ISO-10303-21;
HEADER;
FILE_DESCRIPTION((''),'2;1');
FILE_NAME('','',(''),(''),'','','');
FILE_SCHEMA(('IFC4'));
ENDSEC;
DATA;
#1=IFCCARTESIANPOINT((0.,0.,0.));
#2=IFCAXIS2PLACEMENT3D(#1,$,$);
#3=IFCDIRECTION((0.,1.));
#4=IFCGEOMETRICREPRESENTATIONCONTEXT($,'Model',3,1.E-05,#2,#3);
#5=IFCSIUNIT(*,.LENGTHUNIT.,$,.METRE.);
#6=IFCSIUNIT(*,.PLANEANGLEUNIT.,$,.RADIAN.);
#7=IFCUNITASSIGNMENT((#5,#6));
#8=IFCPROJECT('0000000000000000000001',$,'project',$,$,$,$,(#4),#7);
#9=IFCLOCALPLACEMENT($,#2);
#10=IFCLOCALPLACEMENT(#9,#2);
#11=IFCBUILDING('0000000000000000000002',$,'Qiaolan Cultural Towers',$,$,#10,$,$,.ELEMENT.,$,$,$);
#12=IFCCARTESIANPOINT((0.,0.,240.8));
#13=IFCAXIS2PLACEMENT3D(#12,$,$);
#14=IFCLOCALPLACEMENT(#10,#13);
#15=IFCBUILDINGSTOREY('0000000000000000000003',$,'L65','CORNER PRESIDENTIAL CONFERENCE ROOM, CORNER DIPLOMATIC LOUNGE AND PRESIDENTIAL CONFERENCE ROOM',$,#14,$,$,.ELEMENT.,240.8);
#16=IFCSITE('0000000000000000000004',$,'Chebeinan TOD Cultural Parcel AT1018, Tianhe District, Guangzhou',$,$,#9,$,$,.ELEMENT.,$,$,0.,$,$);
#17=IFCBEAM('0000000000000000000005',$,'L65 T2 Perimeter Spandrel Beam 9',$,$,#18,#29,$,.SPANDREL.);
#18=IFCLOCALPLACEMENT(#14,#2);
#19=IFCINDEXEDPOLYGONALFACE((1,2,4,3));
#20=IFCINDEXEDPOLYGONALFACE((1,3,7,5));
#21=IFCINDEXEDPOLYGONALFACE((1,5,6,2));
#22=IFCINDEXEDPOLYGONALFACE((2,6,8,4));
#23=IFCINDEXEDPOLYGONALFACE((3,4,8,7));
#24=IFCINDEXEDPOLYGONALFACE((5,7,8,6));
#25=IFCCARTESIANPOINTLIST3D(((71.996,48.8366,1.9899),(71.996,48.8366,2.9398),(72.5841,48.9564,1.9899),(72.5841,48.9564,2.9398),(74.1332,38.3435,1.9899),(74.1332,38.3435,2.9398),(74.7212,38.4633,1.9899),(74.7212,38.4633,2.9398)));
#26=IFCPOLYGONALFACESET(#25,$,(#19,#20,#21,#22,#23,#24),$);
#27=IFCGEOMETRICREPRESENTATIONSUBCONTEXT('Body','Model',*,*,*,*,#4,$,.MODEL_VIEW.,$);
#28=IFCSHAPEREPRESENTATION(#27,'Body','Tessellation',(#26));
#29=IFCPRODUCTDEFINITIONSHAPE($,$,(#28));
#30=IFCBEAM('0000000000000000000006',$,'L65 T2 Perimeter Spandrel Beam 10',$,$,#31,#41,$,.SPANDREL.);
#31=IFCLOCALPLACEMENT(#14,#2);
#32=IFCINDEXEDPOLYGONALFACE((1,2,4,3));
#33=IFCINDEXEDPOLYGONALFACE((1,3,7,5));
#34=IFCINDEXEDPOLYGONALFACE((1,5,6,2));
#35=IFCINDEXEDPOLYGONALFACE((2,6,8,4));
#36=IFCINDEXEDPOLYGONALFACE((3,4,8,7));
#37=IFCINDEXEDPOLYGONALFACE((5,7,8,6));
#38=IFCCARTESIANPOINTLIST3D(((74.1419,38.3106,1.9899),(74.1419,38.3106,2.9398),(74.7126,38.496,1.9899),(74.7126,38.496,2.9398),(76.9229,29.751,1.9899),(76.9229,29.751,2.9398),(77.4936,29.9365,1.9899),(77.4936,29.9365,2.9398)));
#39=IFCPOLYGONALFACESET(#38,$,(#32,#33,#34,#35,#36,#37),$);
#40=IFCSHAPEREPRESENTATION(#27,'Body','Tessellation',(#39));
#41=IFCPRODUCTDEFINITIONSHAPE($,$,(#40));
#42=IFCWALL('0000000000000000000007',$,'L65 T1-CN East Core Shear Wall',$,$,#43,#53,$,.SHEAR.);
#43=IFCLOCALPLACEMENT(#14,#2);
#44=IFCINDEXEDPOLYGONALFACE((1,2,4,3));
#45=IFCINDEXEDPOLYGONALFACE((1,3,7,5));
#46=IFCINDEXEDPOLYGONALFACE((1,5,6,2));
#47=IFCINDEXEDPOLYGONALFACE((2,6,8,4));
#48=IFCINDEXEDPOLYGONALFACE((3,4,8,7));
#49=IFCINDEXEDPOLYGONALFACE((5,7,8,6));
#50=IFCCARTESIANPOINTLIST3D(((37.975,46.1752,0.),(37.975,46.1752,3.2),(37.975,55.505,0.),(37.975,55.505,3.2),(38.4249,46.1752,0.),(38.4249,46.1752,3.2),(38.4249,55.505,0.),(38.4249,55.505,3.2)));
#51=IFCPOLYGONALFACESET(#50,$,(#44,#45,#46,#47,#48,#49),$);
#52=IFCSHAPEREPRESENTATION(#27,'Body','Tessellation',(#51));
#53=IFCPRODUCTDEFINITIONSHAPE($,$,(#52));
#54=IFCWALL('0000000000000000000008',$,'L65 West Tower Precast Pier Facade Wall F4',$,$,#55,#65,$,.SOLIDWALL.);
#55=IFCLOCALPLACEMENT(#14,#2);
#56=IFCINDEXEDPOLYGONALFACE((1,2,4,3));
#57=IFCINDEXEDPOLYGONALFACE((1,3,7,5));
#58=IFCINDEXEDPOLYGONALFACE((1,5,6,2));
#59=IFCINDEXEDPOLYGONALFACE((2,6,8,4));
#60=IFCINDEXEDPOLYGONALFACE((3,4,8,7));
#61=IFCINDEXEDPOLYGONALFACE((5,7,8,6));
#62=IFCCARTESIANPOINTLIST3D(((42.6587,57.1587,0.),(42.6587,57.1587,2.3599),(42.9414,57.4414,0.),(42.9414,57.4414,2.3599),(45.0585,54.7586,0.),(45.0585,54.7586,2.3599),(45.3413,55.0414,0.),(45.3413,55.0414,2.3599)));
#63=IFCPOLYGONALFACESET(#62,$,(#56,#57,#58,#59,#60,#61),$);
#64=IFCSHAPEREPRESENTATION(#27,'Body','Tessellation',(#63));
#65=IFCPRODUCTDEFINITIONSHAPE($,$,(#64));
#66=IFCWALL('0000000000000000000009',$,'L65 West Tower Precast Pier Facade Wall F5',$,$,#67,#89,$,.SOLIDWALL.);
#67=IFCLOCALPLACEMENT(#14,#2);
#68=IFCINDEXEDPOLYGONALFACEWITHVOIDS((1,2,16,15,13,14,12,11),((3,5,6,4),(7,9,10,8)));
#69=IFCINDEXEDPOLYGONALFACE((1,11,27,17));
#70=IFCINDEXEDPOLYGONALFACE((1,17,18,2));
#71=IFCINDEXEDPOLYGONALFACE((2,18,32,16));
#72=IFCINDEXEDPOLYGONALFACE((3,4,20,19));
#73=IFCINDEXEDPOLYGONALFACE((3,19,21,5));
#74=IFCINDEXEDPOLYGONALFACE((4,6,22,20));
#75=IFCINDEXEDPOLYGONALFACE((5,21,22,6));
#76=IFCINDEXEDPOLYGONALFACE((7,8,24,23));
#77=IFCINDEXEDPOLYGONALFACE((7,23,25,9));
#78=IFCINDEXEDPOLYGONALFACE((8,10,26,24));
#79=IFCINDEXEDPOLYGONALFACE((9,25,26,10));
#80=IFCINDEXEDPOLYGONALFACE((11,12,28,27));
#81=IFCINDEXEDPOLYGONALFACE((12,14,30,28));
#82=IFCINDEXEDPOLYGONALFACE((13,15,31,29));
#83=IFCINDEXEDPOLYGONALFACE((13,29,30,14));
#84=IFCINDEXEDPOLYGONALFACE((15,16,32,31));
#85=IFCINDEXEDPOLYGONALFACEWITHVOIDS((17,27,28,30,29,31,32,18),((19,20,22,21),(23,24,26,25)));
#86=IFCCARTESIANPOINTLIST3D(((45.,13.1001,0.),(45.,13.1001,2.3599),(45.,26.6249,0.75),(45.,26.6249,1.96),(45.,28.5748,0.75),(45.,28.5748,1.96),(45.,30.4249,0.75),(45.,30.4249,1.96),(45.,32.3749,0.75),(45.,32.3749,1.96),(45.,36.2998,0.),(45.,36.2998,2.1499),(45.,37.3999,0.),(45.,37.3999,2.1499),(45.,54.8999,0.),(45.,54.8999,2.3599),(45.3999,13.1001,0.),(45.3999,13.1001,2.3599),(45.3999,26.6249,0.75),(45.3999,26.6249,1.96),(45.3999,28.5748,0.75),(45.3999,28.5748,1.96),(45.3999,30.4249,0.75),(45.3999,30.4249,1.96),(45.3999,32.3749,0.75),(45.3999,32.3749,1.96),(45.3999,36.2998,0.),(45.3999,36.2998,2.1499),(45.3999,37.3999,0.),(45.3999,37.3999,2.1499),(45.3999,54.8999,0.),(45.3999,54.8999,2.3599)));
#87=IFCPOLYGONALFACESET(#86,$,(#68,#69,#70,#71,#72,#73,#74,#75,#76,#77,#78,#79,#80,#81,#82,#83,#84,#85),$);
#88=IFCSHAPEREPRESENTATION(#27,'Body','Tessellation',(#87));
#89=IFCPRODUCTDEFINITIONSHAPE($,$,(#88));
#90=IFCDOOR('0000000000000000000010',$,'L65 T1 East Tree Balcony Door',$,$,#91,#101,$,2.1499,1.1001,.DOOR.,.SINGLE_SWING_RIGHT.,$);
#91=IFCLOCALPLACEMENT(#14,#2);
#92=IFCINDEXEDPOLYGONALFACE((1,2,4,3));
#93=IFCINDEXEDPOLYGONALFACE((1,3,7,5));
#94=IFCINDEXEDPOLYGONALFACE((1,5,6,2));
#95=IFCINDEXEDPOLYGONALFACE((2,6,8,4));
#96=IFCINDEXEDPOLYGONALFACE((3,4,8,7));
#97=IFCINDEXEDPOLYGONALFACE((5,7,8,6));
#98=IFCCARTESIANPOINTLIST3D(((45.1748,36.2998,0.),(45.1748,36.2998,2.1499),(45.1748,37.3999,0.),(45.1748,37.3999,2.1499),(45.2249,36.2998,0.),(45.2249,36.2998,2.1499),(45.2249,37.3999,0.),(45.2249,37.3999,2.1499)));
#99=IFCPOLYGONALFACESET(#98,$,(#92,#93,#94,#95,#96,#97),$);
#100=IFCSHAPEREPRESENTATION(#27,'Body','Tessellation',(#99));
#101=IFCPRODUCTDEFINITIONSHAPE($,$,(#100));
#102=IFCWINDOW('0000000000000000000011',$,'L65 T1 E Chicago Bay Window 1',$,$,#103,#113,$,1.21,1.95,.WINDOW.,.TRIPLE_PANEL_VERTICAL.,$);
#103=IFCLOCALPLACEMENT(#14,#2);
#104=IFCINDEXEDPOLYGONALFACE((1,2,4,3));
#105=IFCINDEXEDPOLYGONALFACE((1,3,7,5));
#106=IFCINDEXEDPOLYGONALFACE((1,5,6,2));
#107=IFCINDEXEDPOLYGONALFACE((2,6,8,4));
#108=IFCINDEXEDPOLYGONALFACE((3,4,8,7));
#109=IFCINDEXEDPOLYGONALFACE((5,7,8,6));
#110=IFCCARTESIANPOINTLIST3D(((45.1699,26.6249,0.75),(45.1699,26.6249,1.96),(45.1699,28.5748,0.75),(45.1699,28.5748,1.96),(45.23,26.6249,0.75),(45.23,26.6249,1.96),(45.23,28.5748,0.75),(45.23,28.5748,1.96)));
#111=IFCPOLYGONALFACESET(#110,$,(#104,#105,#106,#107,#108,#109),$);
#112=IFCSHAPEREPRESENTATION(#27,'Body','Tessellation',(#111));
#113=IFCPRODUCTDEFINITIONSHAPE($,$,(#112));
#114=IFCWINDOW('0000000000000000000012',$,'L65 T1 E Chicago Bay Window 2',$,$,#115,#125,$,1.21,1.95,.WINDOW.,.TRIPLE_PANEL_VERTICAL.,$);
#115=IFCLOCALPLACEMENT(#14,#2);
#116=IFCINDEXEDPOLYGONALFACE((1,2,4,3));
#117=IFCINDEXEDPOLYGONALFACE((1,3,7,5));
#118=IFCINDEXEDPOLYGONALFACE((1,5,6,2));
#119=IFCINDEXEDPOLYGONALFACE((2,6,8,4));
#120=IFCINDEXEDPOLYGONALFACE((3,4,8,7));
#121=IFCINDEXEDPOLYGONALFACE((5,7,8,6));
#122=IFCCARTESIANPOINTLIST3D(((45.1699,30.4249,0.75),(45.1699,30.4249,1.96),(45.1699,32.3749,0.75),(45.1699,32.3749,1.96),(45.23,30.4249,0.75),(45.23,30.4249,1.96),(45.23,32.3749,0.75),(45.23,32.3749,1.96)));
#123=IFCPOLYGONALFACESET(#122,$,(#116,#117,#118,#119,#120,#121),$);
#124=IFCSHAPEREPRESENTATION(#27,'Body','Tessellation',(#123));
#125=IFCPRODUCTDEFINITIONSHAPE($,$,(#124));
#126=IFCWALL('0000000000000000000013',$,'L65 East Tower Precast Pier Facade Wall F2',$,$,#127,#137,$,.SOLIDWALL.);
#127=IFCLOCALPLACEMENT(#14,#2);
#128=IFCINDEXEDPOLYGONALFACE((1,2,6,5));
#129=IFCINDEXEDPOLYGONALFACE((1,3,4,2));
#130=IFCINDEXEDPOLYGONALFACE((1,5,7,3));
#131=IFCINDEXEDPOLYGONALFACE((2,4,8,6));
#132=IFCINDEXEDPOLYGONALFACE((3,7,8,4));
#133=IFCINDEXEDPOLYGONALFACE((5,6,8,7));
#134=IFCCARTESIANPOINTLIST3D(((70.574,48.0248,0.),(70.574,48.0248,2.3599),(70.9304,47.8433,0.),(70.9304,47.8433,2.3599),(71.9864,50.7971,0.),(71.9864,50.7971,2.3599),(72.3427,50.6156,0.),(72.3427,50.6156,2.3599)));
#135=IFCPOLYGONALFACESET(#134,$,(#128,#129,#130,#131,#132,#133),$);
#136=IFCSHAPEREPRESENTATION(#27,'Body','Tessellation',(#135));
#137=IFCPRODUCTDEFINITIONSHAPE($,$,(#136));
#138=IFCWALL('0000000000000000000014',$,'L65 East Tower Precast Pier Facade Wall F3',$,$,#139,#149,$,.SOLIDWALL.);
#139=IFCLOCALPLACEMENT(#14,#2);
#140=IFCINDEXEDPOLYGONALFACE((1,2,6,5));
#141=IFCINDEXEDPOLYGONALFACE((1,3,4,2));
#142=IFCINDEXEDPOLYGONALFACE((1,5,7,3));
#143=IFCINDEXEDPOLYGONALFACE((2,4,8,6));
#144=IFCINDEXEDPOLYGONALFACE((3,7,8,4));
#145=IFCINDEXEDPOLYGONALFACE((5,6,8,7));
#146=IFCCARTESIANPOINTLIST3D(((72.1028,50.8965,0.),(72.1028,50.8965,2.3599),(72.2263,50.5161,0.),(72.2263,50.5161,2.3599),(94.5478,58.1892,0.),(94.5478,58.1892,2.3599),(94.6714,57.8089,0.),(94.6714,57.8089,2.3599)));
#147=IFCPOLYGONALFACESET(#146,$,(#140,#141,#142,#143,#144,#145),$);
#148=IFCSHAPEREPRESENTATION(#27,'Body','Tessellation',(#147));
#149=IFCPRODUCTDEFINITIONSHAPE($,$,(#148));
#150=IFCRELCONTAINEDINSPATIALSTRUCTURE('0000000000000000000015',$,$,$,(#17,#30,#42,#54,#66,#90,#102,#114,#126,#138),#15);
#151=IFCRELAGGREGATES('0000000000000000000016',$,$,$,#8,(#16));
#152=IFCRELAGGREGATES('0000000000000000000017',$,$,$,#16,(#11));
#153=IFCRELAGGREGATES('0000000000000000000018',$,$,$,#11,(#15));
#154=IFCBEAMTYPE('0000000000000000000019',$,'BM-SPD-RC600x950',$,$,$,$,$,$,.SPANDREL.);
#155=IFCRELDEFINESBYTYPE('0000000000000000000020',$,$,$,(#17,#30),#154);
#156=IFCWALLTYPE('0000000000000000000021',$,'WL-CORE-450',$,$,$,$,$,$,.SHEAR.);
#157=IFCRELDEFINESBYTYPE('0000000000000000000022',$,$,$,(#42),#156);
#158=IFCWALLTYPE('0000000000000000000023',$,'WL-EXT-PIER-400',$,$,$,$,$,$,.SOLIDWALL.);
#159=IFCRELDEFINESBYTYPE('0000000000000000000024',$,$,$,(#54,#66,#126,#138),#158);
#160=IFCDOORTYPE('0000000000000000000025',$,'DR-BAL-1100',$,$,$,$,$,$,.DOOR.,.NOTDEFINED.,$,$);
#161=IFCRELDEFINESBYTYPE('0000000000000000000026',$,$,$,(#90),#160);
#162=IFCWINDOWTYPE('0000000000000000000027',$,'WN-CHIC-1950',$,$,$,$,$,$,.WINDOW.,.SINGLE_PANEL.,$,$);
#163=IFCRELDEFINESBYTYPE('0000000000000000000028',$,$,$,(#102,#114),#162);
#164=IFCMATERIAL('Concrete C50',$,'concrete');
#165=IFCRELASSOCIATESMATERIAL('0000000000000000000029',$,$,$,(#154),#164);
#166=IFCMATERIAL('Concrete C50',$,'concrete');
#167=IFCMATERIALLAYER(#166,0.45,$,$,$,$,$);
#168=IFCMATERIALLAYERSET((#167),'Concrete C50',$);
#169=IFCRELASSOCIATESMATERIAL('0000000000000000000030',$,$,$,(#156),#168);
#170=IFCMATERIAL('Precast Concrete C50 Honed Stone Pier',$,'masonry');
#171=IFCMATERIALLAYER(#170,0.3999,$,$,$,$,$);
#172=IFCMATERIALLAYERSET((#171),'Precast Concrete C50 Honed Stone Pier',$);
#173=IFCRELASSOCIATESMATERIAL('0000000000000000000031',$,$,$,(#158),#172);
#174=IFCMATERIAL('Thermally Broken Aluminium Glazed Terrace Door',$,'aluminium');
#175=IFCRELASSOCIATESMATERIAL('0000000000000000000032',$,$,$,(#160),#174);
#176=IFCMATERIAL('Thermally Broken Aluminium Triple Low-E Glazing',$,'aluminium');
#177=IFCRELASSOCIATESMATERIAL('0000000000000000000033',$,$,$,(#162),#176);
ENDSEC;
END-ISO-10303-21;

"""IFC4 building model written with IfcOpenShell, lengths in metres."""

from ifc_helpers import new_model, si_unit, direction, frame, frame_2d, origin, origin_2d, place, context, subcontext, project, spatial, rectangle, extrude, material, layer, layer_set, material_profile, profile_set, type_object, element, fill, save


model = new_model("IFC4")

# Units and contexts
model_context = context("Model", 3, precision=1e-05, world=origin(), true_north=direction((0.0, 1.0)))
body_context = subcontext(model_context, "Body", "Model", "MODEL_VIEW")
ifc_project = project(units=[si_unit("LENGTHUNIT", "METRE"), si_unit("PLANEANGLEUNIT", "RADIAN")], contexts=[model_context])

# Site, building, storey
site_placement = place(None, origin())
site = spatial("IfcSite", under=ifc_project, at=site_placement, Name="Chebeinan TOD Cultural Parcel AT1018, Tianhe District, Guangzhou", CompositionType="ELEMENT", RefElevation=0.0)
building_placement = place(site_placement, origin())
building = spatial("IfcBuilding", under=site, at=building_placement, Name="Qiaolan Cultural Towers", CompositionType="ELEMENT")
storey_placement = place(building_placement, frame((0.0, 0.0, 240.8)))
storey = spatial("IfcBuildingStorey", under=building, at=storey_placement, Name="L65", Description="CORNER PRESIDENTIAL CONFERENCE ROOM, CORNER DIPLOMATIC LOUNGE AND PRESIDENTIAL CONFERENCE ROOM", CompositionType="ELEMENT", Elevation=240.8)

# Beams
ifc_material_1 = material(Name="Concrete C50", Category="concrete")
ifc_material_profile_1 = material_profile(ifc_material_1, rectangle(XDim=0.6001, YDim=0.95, at=origin_2d()), Name="RC600x950")
ifc_profile_set_1 = profile_set([ifc_material_profile_1], Name="Concrete C50")
beam_type_1 = type_object("IfcBeamType", Name="BM-SPD-RC600x950", PredefinedType="SPANDREL", material=ifc_profile_set_1)
beam_1_placement = place(storey_placement, frame((72.29, 48.8965, 2.4648), z_axis=(0.199579, -0.979882, 0.0), x_axis=(0.979882, 0.199579, 0.0)))
element("IfcBeam", 1, at=beam_1_placement, inside=storey, type_object=beam_type_1, Name="L65 T2 Perimeter Spandrel Beam 9", PredefinedType="SPANDREL", context=body_context, shape_type="SweptSolid", body=[
    extrude(rectangle(XDim=0.6001, YDim=0.95, at=origin_2d()), origin(), (0.0, 0.0, 1.0), 10.7085),
])
beam_2_placement = place(storey_placement, frame((74.4272, 38.4033, 2.4648), z_axis=(0.309, -0.951062, 0.0), x_axis=(0.951062, 0.309, 0.0)))
element("IfcBeam", 2, at=beam_2_placement, inside=storey, type_object=beam_type_1, Name="L65 T2 Perimeter Spandrel Beam 10", PredefinedType="SPANDREL", context=body_context, shape_type="SweptSolid", body=[
    extrude(rectangle(XDim=0.6001, YDim=0.95, at=origin_2d()), origin(), (0.0, 0.0, 1.0), 9.0),
])

# Walls
ifc_material_2 = material(Name="Concrete C50", Category="concrete")
ifc_layer_1 = layer(ifc_material_2, 0.45)
ifc_layer_set_1 = layer_set([ifc_layer_1], Name="Concrete C50")
wall_type_1 = type_object("IfcWallType", Name="WL-CORE-450", PredefinedType="SHEAR", material=ifc_layer_set_1)
wall_1_placement = place(storey_placement, frame((38.2, 46.175, 0.0), z_axis=(0.0, 0.0, 1.0), x_axis=(0.0, 1.0, 0.0)))
element("IfcWall", 3, at=wall_1_placement, inside=storey, type_object=wall_type_1, Name="L65 T1-CN East Core Shear Wall", PredefinedType="SHEAR", context=body_context, shape_type="SweptSolid", body=[
    extrude(rectangle(XDim=9.3298, YDim=0.45, at=frame_2d((4.665, 0.0))), origin(), (0.0, 0.0, 1.0), 3.2),
])
ifc_material_3 = material(Name="Precast Concrete C50 Honed Stone Pier", Category="masonry")
ifc_layer_2 = layer(ifc_material_3, 0.3999)
ifc_layer_set_2 = layer_set([ifc_layer_2], Name="Precast Concrete C50 Honed Stone Pier")
wall_type_2 = type_object("IfcWallType", Name="WL-EXT-PIER-400", PredefinedType="SOLIDWALL", material=ifc_layer_set_2)
wall_2_placement = place(storey_placement, frame((42.8, 57.3, 0.0), z_axis=(0.0, 0.0, 1.0), x_axis=(0.707071, -0.707143, 0.0)))
element("IfcWall", 4, at=wall_2_placement, inside=storey, type_object=wall_type_2, Name="L65 West Tower Precast Pier Facade Wall F4", PredefinedType="SOLIDWALL", context=body_context, shape_type="SweptSolid", body=[
    extrude(rectangle(XDim=3.394, YDim=0.3999, at=frame_2d((1.697, 0.0))), origin(), (0.0, 0.0, 1.0), 2.3599),
])

# Wall, openings, door, windows
wall_3_placement = place(storey_placement, frame((45.2, 54.8999, 0.0), z_axis=(0.0, 0.0, 1.0), x_axis=(0.0, -1.0, 0.0)))
wall_3 = element("IfcWall", 5, at=wall_3_placement, inside=storey, type_object=wall_type_2, Name="L65 West Tower Precast Pier Facade Wall F5", PredefinedType="SOLIDWALL", context=body_context, shape_type="SweptSolid", body=[
    extrude(rectangle(XDim=41.7998, YDim=0.3999, at=frame_2d((20.8999, 0.0))), origin(), (0.0, 0.0, 1.0), 2.3599),
])
opening_1_placement = place(wall_3_placement, frame((26.325, 0.0, 0.75)))
opening_1 = element("IfcOpeningElement", 6, at=opening_1_placement, cuts=wall_3, PredefinedType="OPENING", context=body_context, shape_type="SweptSolid", body=[
    extrude(rectangle(XDim=1.95, YDim=1.21, at=frame_2d((0.9751, 0.605))), frame((0.0, 0.21, 0.0), z_axis=(0.0, -1.0, 0.0), x_axis=(1.0, 0.0, 0.0)), (0.0, 0.0, 1.0), 0.4199),
])
opening_2_placement = place(wall_3_placement, frame((22.5249, 0.0, 0.75)))
opening_2 = element("IfcOpeningElement", 7, at=opening_2_placement, cuts=wall_3, PredefinedType="OPENING", context=body_context, shape_type="SweptSolid", body=[
    extrude(rectangle(XDim=1.95, YDim=1.21, at=frame_2d((0.9751, 0.605))), frame((0.0, 0.21, 0.0), z_axis=(0.0, -1.0, 0.0), x_axis=(1.0, 0.0, 0.0)), (0.0, 0.0, 1.0), 0.4199),
])
opening_3_placement = place(wall_3_placement, frame((17.5, 0.0, 0.0)))
opening_3 = element("IfcOpeningElement", 8, at=opening_3_placement, cuts=wall_3, PredefinedType="OPENING", context=body_context, shape_type="SweptSolid", body=[
    extrude(rectangle(XDim=1.1001, YDim=2.1499, at=frame_2d((0.55, 1.075))), frame((0.0, 0.21, 0.0), z_axis=(0.0, -1.0, 0.0), x_axis=(1.0, 0.0, 0.0)), (0.0, 0.0, 1.0), 0.4199),
])
ifc_material_4 = material(Name="Thermally Broken Aluminium Glazed Terrace Door", Category="aluminium")
door_type_1 = type_object("IfcDoorType", Name="DR-BAL-1100", OperationType="NOTDEFINED", PredefinedType="DOOR", material=ifc_material_4)
door_1_placement = place(opening_3_placement, origin())
door_1 = element("IfcDoor", 9, at=door_1_placement, inside=storey, type_object=door_type_1, Name="L65 T1 East Tree Balcony Door", OperationType="SINGLE_SWING_RIGHT", OverallHeight=2.1499, OverallWidth=1.1001, PredefinedType="DOOR", context=body_context, shape_type="SweptSolid", body=[
    extrude(rectangle(XDim=1.1001, YDim=2.1499, at=frame_2d((0.55, 1.075))), frame((0.0, 0.0249, 0.0), z_axis=(0.0, -1.0, 0.0), x_axis=(1.0, 0.0, 0.0)), (0.0, 0.0, 1.0), 0.05),
])
fill(opening_3, door_1)
ifc_material_5 = material(Name="Thermally Broken Aluminium Triple Low-E Glazing", Category="aluminium")
window_type = type_object("IfcWindowType", Name="WN-CHIC-1950", PartitioningType="SINGLE_PANEL", PredefinedType="WINDOW", material=ifc_material_5)
window_1_placement = place(opening_1_placement, origin())
window_1 = element("IfcWindow", 10, at=window_1_placement, inside=storey, type_object=window_type, Name="L65 T1 E Chicago Bay Window 1", OverallHeight=1.21, OverallWidth=1.95, PartitioningType="TRIPLE_PANEL_VERTICAL", PredefinedType="WINDOW", context=body_context, shape_type="SweptSolid", body=[
    extrude(rectangle(XDim=1.95, YDim=1.21, at=frame_2d((0.9751, 0.605))), frame((0.0, 0.03, 0.0), z_axis=(0.0, -1.0, 0.0), x_axis=(1.0, 0.0, 0.0)), (0.0, 0.0, 1.0), 0.0601),
])
fill(opening_1, window_1)
window_2_placement = place(opening_2_placement, origin())
window_2 = element("IfcWindow", 11, at=window_2_placement, inside=storey, type_object=window_type, Name="L65 T1 E Chicago Bay Window 2", OverallHeight=1.21, OverallWidth=1.95, PartitioningType="TRIPLE_PANEL_VERTICAL", PredefinedType="WINDOW", context=body_context, shape_type="SweptSolid", body=[
    extrude(rectangle(XDim=1.95, YDim=1.21, at=frame_2d((0.9751, 0.605))), frame((0.0, 0.03, 0.0), z_axis=(0.0, -1.0, 0.0), x_axis=(1.0, 0.0, 0.0)), (0.0, 0.0, 1.0), 0.0601),
])
fill(opening_2, window_2)

# Walls
wall_4_placement = place(storey_placement, frame((70.7522, 47.9341, 0.0), z_axis=(0.0, 0.0, 1.0), x_axis=(0.453949, 0.891028, 0.0)))
element("IfcWall", 12, at=wall_4_placement, inside=storey, type_object=wall_type_2, Name="L65 East Tower Precast Pier Facade Wall F2", PredefinedType="SOLIDWALL", context=body_context, shape_type="SweptSolid", body=[
    extrude(rectangle(XDim=3.1113, YDim=0.3999, at=frame_2d((1.5557, 0.0))), origin(), (0.0, 0.0, 1.0), 2.3599),
])
wall_5_placement = place(storey_placement, frame((72.1646, 50.7063, 0.0), z_axis=(0.0, 0.0, 1.0), x_axis=(0.951058, 0.309012, 0.0)))
element("IfcWall", 13, at=wall_5_placement, inside=storey, type_object=wall_type_2, Name="L65 East Tower Precast Pier Facade Wall F3", PredefinedType="SOLIDWALL", context=body_context, shape_type="SweptSolid", body=[
    extrude(rectangle(XDim=23.6001, YDim=0.3999, at=frame_2d((11.8, 0.0))), origin(), (0.0, 0.0, 1.0), 2.3599),
])

save(model, "model.ifc")
